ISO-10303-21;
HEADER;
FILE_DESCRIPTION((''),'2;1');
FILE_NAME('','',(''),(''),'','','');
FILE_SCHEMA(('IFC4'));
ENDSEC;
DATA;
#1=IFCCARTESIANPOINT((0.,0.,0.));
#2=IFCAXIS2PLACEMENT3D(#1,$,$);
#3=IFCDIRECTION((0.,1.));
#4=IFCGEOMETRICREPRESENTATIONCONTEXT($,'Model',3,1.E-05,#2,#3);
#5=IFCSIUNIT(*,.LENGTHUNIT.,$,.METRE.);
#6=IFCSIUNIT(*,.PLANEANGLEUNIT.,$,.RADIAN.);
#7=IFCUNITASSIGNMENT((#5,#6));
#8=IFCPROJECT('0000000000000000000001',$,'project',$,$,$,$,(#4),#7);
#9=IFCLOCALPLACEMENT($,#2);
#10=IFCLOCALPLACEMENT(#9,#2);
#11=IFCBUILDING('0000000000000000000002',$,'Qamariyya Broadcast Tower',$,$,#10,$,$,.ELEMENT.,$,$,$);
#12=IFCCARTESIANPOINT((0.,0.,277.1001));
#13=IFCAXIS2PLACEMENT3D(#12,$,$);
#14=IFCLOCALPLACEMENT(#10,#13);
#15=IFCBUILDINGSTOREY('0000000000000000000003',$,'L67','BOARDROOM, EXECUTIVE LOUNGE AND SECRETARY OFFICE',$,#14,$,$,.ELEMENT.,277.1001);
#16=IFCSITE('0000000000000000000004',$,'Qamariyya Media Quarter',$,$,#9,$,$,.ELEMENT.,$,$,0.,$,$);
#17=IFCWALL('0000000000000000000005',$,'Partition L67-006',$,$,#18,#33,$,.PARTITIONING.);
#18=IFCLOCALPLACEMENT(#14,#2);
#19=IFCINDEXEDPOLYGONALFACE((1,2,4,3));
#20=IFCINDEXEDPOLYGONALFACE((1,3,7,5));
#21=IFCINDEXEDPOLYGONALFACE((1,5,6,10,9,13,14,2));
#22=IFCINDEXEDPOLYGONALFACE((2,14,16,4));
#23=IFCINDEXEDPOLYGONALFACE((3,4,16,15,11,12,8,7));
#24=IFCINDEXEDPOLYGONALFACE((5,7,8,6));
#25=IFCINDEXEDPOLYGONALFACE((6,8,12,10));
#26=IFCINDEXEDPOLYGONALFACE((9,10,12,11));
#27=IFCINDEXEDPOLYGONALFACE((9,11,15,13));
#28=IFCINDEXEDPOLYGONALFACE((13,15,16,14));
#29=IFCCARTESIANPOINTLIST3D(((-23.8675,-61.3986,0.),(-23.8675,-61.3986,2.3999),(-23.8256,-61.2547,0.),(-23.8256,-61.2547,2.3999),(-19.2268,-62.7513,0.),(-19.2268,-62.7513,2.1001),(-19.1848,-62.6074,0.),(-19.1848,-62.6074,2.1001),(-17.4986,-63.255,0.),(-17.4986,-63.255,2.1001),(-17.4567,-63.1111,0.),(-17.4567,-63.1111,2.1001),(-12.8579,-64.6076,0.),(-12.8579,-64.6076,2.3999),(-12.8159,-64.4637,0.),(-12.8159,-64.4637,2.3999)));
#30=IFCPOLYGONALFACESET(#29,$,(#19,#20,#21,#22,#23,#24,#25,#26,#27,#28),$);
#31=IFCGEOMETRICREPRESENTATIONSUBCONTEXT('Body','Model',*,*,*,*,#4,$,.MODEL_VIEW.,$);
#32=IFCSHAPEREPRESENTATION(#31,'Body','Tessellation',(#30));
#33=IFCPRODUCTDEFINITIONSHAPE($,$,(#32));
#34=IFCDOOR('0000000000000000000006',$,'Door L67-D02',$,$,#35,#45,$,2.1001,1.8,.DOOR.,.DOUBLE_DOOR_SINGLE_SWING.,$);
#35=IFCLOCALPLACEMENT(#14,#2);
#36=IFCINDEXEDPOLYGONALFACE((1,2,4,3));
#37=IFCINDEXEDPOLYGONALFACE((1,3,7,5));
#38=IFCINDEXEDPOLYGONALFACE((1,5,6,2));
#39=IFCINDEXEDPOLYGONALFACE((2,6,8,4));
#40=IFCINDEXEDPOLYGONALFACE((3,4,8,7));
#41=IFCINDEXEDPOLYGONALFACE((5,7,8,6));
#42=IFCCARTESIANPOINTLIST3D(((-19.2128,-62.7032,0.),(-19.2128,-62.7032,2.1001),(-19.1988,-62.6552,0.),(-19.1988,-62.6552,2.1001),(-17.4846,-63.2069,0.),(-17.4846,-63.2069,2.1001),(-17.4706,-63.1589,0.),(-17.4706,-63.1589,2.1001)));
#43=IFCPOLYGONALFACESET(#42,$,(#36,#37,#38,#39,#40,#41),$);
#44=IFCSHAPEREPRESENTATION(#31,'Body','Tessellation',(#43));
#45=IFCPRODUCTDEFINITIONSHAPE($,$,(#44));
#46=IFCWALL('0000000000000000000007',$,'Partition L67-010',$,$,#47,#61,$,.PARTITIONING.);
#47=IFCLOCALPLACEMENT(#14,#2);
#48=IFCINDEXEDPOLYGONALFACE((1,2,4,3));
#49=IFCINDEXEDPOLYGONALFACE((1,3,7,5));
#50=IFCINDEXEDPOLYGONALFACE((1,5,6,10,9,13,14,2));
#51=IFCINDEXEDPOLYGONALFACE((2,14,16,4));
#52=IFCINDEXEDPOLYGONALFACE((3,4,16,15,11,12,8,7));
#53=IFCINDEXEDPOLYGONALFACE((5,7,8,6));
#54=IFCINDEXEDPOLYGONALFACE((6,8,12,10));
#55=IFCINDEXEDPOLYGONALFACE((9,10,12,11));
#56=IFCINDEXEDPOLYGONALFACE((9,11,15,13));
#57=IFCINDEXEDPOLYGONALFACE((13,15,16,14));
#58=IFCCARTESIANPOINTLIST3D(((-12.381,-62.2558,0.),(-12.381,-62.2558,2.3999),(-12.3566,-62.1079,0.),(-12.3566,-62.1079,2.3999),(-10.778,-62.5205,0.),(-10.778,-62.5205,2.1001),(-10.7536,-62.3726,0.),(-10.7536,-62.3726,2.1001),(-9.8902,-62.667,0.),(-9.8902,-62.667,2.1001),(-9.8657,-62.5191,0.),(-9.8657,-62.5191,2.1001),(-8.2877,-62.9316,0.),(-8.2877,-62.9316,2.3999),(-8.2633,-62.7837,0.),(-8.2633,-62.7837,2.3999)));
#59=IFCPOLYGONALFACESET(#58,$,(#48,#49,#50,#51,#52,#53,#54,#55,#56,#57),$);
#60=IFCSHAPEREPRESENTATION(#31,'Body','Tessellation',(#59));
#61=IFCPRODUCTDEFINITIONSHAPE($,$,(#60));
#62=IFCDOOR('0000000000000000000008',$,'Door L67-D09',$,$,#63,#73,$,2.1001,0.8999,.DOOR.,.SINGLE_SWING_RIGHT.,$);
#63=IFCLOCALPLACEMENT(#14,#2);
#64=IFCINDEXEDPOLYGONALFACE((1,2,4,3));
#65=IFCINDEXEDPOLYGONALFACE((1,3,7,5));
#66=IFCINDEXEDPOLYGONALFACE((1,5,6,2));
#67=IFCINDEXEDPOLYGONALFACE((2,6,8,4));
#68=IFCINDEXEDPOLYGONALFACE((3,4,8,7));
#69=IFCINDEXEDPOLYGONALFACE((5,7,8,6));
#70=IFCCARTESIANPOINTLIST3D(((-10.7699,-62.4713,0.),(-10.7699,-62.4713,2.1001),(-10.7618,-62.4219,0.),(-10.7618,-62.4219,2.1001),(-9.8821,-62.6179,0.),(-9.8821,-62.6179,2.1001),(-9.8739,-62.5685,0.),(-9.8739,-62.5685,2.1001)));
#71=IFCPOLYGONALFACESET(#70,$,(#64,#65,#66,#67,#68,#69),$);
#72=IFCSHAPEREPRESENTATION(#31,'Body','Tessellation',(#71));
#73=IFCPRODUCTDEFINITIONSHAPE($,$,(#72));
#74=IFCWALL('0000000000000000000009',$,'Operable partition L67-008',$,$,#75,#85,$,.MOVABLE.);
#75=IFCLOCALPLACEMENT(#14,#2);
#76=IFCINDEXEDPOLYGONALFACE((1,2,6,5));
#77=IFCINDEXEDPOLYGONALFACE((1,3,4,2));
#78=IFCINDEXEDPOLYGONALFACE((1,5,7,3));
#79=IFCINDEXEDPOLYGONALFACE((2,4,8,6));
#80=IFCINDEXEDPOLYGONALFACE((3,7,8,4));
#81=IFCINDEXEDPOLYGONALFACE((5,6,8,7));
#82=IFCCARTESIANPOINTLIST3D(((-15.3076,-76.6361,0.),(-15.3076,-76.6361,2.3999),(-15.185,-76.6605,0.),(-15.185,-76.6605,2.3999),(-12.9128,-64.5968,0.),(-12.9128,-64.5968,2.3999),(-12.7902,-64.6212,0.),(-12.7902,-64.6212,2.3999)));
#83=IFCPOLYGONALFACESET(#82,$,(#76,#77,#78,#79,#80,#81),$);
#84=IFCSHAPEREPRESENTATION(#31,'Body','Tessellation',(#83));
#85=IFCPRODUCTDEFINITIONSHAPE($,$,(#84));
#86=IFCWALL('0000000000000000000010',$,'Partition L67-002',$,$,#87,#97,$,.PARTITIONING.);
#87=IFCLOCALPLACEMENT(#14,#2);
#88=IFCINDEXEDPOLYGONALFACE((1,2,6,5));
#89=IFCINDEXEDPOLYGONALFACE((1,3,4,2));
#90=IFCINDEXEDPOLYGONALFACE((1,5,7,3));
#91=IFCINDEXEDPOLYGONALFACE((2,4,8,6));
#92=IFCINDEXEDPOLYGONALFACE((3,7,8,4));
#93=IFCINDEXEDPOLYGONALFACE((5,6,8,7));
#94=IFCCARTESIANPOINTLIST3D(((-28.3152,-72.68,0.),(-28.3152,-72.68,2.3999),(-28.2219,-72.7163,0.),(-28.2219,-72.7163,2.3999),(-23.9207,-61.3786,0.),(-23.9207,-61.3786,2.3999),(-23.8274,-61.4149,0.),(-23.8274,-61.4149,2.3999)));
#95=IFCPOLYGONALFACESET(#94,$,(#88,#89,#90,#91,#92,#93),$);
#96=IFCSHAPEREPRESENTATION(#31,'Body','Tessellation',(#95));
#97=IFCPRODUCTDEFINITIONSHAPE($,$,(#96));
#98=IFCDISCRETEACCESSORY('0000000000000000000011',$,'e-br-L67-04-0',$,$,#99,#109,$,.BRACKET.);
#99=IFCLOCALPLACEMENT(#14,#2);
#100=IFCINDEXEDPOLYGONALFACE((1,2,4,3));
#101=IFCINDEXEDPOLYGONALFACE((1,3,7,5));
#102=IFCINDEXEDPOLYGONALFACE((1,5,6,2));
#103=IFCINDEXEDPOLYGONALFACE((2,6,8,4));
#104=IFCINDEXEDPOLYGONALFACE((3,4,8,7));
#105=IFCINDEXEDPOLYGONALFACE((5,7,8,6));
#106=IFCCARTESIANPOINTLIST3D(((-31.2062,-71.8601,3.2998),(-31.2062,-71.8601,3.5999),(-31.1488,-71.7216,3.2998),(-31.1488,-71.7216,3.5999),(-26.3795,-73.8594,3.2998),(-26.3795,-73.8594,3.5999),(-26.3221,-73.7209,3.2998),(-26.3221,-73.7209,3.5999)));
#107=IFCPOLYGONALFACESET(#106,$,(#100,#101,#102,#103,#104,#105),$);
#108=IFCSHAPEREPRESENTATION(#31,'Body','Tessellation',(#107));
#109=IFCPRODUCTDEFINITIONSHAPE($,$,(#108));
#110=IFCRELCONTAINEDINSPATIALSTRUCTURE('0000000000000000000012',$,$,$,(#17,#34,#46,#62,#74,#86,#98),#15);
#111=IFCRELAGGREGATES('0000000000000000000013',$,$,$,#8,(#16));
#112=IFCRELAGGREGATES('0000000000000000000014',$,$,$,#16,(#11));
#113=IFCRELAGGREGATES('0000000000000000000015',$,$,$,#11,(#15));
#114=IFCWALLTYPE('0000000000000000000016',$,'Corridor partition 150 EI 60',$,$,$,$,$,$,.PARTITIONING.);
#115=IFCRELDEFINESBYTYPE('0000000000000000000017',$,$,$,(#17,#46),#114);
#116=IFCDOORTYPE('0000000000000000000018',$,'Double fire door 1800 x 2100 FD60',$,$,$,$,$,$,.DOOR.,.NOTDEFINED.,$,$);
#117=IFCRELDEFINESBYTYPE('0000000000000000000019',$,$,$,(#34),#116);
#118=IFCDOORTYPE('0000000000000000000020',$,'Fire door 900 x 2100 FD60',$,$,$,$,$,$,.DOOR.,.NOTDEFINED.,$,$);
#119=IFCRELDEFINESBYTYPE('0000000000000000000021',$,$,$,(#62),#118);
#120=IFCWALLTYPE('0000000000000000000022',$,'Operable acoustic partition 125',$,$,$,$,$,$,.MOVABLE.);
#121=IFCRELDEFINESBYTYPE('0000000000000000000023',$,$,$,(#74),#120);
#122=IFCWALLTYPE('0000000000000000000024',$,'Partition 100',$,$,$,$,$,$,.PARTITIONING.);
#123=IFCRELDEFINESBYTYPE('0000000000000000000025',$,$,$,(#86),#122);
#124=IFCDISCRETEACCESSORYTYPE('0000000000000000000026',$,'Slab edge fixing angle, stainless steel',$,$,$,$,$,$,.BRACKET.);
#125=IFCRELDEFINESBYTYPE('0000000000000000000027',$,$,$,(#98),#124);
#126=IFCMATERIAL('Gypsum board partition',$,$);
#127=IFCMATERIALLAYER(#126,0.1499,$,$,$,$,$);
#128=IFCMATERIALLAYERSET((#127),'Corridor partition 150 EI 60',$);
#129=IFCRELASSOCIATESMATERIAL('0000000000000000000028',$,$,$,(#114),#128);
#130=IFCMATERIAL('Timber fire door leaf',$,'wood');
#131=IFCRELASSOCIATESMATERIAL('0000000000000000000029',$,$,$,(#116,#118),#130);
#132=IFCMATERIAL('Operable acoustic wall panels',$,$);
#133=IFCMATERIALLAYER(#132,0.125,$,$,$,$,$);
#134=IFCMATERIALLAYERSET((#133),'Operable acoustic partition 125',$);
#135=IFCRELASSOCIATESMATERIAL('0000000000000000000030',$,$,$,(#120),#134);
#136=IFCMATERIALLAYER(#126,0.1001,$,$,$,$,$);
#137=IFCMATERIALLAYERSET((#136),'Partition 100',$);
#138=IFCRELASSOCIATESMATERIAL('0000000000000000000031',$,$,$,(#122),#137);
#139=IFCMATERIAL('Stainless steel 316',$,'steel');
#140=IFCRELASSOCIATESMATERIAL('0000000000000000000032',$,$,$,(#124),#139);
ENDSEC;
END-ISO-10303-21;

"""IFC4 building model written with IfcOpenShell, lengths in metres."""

from ifc_helpers import new_model, si_unit, direction, frame, frame_2d, origin, origin_2d, place, context, subcontext, project, spatial, rectangle, extrude, material, layer, layer_set, type_object, element, fill, save


model = new_model("IFC4")

# Units and contexts
model_context = context("Model", 3, precision=1e-05, world=origin(), true_north=direction((0.0, 1.0)))
body_context = subcontext(model_context, "Body", "Model", "MODEL_VIEW")
ifc_project = project(units=[si_unit("LENGTHUNIT", "METRE"), si_unit("PLANEANGLEUNIT", "RADIAN")], contexts=[model_context])

# Site, building, storey
site_placement = place(None, origin())
site = spatial("IfcSite", under=ifc_project, at=site_placement, Name="Qamariyya Media Quarter", CompositionType="ELEMENT", RefElevation=0.0)
building_placement = place(site_placement, origin())
building = spatial("IfcBuilding", under=site, at=building_placement, Name="Qamariyya Broadcast Tower", CompositionType="ELEMENT")
storey_placement = place(building_placement, frame((0.0, 0.0, 277.1001)))
storey = spatial("IfcBuildingStorey", under=building, at=storey_placement, Name="L67", Description="BOARDROOM, EXECUTIVE LOUNGE AND SECRETARY OFFICE", CompositionType="ELEMENT", Elevation=277.1001)

# Shared definitions
ifc_material_1 = material(Name="Gypsum board partition")
ifc_layer_1 = layer(ifc_material_1, 0.1499)
ifc_layer_set_1 = layer_set([ifc_layer_1], Name="Corridor partition 150 EI 60")
wall_type_1 = type_object("IfcWallType", Name="Corridor partition 150 EI 60", PredefinedType="PARTITIONING", material=ifc_layer_set_1)
ifc_material_2 = material(Name="Timber fire door leaf", Category="wood")

# Walls, openings, doors
wall_1_placement = place(storey_placement, frame((-12.8369, -64.5356, 0.0), z_axis=(0.0, 0.0, 1.0), x_axis=(-0.960051, 0.279823, 0.0)))
wall_1 = element("IfcWall", 1, at=wall_1_placement, inside=storey, type_object=wall_type_1, Name="Partition L67-006", PredefinedType="PARTITIONING", context=body_context, shape_type="SweptSolid", body=[
    extrude(rectangle(XDim=11.4678, YDim=0.1499, at=frame_2d((5.7339, 0.0))), origin(), (0.0, 0.0, 1.0), 2.3999),
])
opening_1_placement = place(wall_1_placement, frame((4.834, 0.0, 0.0)))
opening_1 = element("IfcOpeningElement", 2, at=opening_1_placement, cuts=wall_1, PredefinedType="OPENING", context=body_context, shape_type="SweptSolid", body=[
    extrude(rectangle(XDim=1.8, YDim=2.1001, at=frame_2d((0.8999, 1.05))), frame((0.0, 0.085, 0.0), z_axis=(0.0, -1.0, 0.0), x_axis=(1.0, 0.0, 0.0)), (0.0, 0.0, 1.0), 0.1699),
])
door_type_1 = type_object("IfcDoorType", Name="Double fire door 1800 x 2100 FD60", OperationType="NOTDEFINED", PredefinedType="DOOR", material=ifc_material_2)
door_1_placement = place(opening_1_placement, origin())
door_1 = element("IfcDoor", 3, at=door_1_placement, inside=storey, type_object=door_type_1, Name="Door L67-D02", OperationType="DOUBLE_DOOR_SINGLE_SWING", OverallHeight=2.1001, OverallWidth=1.8, PredefinedType="DOOR", context=body_context, shape_type="SweptSolid", body=[
    extrude(rectangle(XDim=1.8, YDim=2.1001, at=frame_2d((0.8999, 1.05))), frame((0.0, 0.0249, 0.0), z_axis=(0.0, -1.0, 0.0), x_axis=(1.0, 0.0, 0.0)), (0.0, 0.0, 1.0), 0.05),
])
fill(opening_1, door_1)
wall_2_placement = place(storey_placement, frame((-12.3687, -62.1819, 0.0), z_axis=(0.0, 0.0, 1.0), x_axis=(0.986644, -0.162891, 0.0)))
wall_2 = element("IfcWall", 4, at=wall_2_placement, inside=storey, type_object=wall_type_1, Name="Partition L67-010", PredefinedType="PARTITIONING", context=body_context, shape_type="SweptSolid", body=[
    extrude(rectangle(XDim=4.1487, YDim=0.1499, at=frame_2d((2.0742, 0.0))), origin(), (0.0, 0.0, 1.0), 2.3999),
])
opening_2_placement = place(wall_2_placement, frame((1.6245, 0.0, 0.0)))
opening_2 = element("IfcOpeningElement", 5, at=opening_2_placement, cuts=wall_2, PredefinedType="OPENING", context=body_context, shape_type="SweptSolid", body=[
    extrude(rectangle(XDim=0.8999, YDim=2.1001, at=frame_2d((0.45, 1.05))), frame((0.0, 0.085, 0.0), z_axis=(0.0, -1.0, 0.0), x_axis=(1.0, 0.0, 0.0)), (0.0, 0.0, 1.0), 0.1699),
])
door_type_2 = type_object("IfcDoorType", Name="Fire door 900 x 2100 FD60", OperationType="NOTDEFINED", PredefinedType="DOOR", material=ifc_material_2)
door_2_placement = place(opening_2_placement, origin())
door_2 = element("IfcDoor", 6, at=door_2_placement, inside=storey, type_object=door_type_2, Name="Door L67-D09", OperationType="SINGLE_SWING_RIGHT", OverallHeight=2.1001, OverallWidth=0.8999, PredefinedType="DOOR", context=body_context, shape_type="SweptSolid", body=[
    extrude(rectangle(XDim=0.8999, YDim=2.1001, at=frame_2d((0.45, 1.05))), frame((0.0, 0.0249, 0.0), z_axis=(0.0, -1.0, 0.0), x_axis=(1.0, 0.0, 0.0)), (0.0, 0.0, 1.0), 0.05),
])
fill(opening_2, door_2)

# Walls
ifc_material_3 = material(Name="Operable acoustic wall panels")
ifc_layer_2 = layer(ifc_material_3, 0.125)
ifc_layer_set_2 = layer_set([ifc_layer_2], Name="Operable acoustic partition 125")
wall_type_2 = type_object("IfcWallType", Name="Operable acoustic partition 125", PredefinedType="MOVABLE", material=ifc_layer_set_2)
wall_3_placement = place(storey_placement, frame((-15.2463, -76.6484, 0.0), z_axis=(0.0, 0.0, 1.0), x_axis=(0.195091, 0.980785, 0.0)))
element("IfcWall", 7, at=wall_3_placement, inside=storey, type_object=wall_type_2, Name="Operable partition L67-008", PredefinedType="MOVABLE", context=body_context, shape_type="SweptSolid", body=[
    extrude(rectangle(XDim=12.2751, YDim=0.125, at=frame_2d((6.1377, 0.0))), origin(), (0.0, 0.0, 1.0), 2.3999),
])
ifc_layer_3 = layer(ifc_material_1, 0.1001)
ifc_layer_set_3 = layer_set([ifc_layer_3], Name="Partition 100")
wall_type_3 = type_object("IfcWallType", Name="Partition 100", PredefinedType="PARTITIONING", material=ifc_layer_set_3)
wall_4_placement = place(storey_placement, frame((-28.2686, -72.6982, 0.0), z_axis=(0.0, 0.0, 1.0), x_axis=(0.36241, 0.932019, 0.0)))
element("IfcWall", 8, at=wall_4_placement, inside=storey, type_object=wall_type_3, Name="Partition L67-002", PredefinedType="PARTITIONING", context=body_context, shape_type="SweptSolid", body=[
    extrude(rectangle(XDim=12.1257, YDim=0.1001, at=frame_2d((6.063, 0.0))), origin(), (0.0, 0.0, 1.0), 2.3999),
])

# Discrete accessory
ifc_material_4 = material(Name="Stainless steel 316", Category="steel")
discrete_accessory_type = type_object("IfcDiscreteAccessoryType", Name="Slab edge fixing angle, stainless steel", PredefinedType="BRACKET", material=ifc_material_4)
discrete_accessory_placement = place(storey_placement, frame((-28.7642, -72.7905, 3.2998), z_axis=(0.0, 0.0, 1.0), x_axis=(0.92388, -0.382683, 0.0)))
element("IfcDiscreteAccessory", 9, at=discrete_accessory_placement, inside=storey, type_object=discrete_accessory_type, Name="e-br-L67-04-0", PredefinedType="BRACKET", context=body_context, shape_type="SweptSolid", body=[
    extrude(rectangle(XDim=5.2244, YDim=0.1499, at=origin_2d()), origin(), (0.0, 0.0, 1.0), 0.3),
])

save(model, "model.ifc")
